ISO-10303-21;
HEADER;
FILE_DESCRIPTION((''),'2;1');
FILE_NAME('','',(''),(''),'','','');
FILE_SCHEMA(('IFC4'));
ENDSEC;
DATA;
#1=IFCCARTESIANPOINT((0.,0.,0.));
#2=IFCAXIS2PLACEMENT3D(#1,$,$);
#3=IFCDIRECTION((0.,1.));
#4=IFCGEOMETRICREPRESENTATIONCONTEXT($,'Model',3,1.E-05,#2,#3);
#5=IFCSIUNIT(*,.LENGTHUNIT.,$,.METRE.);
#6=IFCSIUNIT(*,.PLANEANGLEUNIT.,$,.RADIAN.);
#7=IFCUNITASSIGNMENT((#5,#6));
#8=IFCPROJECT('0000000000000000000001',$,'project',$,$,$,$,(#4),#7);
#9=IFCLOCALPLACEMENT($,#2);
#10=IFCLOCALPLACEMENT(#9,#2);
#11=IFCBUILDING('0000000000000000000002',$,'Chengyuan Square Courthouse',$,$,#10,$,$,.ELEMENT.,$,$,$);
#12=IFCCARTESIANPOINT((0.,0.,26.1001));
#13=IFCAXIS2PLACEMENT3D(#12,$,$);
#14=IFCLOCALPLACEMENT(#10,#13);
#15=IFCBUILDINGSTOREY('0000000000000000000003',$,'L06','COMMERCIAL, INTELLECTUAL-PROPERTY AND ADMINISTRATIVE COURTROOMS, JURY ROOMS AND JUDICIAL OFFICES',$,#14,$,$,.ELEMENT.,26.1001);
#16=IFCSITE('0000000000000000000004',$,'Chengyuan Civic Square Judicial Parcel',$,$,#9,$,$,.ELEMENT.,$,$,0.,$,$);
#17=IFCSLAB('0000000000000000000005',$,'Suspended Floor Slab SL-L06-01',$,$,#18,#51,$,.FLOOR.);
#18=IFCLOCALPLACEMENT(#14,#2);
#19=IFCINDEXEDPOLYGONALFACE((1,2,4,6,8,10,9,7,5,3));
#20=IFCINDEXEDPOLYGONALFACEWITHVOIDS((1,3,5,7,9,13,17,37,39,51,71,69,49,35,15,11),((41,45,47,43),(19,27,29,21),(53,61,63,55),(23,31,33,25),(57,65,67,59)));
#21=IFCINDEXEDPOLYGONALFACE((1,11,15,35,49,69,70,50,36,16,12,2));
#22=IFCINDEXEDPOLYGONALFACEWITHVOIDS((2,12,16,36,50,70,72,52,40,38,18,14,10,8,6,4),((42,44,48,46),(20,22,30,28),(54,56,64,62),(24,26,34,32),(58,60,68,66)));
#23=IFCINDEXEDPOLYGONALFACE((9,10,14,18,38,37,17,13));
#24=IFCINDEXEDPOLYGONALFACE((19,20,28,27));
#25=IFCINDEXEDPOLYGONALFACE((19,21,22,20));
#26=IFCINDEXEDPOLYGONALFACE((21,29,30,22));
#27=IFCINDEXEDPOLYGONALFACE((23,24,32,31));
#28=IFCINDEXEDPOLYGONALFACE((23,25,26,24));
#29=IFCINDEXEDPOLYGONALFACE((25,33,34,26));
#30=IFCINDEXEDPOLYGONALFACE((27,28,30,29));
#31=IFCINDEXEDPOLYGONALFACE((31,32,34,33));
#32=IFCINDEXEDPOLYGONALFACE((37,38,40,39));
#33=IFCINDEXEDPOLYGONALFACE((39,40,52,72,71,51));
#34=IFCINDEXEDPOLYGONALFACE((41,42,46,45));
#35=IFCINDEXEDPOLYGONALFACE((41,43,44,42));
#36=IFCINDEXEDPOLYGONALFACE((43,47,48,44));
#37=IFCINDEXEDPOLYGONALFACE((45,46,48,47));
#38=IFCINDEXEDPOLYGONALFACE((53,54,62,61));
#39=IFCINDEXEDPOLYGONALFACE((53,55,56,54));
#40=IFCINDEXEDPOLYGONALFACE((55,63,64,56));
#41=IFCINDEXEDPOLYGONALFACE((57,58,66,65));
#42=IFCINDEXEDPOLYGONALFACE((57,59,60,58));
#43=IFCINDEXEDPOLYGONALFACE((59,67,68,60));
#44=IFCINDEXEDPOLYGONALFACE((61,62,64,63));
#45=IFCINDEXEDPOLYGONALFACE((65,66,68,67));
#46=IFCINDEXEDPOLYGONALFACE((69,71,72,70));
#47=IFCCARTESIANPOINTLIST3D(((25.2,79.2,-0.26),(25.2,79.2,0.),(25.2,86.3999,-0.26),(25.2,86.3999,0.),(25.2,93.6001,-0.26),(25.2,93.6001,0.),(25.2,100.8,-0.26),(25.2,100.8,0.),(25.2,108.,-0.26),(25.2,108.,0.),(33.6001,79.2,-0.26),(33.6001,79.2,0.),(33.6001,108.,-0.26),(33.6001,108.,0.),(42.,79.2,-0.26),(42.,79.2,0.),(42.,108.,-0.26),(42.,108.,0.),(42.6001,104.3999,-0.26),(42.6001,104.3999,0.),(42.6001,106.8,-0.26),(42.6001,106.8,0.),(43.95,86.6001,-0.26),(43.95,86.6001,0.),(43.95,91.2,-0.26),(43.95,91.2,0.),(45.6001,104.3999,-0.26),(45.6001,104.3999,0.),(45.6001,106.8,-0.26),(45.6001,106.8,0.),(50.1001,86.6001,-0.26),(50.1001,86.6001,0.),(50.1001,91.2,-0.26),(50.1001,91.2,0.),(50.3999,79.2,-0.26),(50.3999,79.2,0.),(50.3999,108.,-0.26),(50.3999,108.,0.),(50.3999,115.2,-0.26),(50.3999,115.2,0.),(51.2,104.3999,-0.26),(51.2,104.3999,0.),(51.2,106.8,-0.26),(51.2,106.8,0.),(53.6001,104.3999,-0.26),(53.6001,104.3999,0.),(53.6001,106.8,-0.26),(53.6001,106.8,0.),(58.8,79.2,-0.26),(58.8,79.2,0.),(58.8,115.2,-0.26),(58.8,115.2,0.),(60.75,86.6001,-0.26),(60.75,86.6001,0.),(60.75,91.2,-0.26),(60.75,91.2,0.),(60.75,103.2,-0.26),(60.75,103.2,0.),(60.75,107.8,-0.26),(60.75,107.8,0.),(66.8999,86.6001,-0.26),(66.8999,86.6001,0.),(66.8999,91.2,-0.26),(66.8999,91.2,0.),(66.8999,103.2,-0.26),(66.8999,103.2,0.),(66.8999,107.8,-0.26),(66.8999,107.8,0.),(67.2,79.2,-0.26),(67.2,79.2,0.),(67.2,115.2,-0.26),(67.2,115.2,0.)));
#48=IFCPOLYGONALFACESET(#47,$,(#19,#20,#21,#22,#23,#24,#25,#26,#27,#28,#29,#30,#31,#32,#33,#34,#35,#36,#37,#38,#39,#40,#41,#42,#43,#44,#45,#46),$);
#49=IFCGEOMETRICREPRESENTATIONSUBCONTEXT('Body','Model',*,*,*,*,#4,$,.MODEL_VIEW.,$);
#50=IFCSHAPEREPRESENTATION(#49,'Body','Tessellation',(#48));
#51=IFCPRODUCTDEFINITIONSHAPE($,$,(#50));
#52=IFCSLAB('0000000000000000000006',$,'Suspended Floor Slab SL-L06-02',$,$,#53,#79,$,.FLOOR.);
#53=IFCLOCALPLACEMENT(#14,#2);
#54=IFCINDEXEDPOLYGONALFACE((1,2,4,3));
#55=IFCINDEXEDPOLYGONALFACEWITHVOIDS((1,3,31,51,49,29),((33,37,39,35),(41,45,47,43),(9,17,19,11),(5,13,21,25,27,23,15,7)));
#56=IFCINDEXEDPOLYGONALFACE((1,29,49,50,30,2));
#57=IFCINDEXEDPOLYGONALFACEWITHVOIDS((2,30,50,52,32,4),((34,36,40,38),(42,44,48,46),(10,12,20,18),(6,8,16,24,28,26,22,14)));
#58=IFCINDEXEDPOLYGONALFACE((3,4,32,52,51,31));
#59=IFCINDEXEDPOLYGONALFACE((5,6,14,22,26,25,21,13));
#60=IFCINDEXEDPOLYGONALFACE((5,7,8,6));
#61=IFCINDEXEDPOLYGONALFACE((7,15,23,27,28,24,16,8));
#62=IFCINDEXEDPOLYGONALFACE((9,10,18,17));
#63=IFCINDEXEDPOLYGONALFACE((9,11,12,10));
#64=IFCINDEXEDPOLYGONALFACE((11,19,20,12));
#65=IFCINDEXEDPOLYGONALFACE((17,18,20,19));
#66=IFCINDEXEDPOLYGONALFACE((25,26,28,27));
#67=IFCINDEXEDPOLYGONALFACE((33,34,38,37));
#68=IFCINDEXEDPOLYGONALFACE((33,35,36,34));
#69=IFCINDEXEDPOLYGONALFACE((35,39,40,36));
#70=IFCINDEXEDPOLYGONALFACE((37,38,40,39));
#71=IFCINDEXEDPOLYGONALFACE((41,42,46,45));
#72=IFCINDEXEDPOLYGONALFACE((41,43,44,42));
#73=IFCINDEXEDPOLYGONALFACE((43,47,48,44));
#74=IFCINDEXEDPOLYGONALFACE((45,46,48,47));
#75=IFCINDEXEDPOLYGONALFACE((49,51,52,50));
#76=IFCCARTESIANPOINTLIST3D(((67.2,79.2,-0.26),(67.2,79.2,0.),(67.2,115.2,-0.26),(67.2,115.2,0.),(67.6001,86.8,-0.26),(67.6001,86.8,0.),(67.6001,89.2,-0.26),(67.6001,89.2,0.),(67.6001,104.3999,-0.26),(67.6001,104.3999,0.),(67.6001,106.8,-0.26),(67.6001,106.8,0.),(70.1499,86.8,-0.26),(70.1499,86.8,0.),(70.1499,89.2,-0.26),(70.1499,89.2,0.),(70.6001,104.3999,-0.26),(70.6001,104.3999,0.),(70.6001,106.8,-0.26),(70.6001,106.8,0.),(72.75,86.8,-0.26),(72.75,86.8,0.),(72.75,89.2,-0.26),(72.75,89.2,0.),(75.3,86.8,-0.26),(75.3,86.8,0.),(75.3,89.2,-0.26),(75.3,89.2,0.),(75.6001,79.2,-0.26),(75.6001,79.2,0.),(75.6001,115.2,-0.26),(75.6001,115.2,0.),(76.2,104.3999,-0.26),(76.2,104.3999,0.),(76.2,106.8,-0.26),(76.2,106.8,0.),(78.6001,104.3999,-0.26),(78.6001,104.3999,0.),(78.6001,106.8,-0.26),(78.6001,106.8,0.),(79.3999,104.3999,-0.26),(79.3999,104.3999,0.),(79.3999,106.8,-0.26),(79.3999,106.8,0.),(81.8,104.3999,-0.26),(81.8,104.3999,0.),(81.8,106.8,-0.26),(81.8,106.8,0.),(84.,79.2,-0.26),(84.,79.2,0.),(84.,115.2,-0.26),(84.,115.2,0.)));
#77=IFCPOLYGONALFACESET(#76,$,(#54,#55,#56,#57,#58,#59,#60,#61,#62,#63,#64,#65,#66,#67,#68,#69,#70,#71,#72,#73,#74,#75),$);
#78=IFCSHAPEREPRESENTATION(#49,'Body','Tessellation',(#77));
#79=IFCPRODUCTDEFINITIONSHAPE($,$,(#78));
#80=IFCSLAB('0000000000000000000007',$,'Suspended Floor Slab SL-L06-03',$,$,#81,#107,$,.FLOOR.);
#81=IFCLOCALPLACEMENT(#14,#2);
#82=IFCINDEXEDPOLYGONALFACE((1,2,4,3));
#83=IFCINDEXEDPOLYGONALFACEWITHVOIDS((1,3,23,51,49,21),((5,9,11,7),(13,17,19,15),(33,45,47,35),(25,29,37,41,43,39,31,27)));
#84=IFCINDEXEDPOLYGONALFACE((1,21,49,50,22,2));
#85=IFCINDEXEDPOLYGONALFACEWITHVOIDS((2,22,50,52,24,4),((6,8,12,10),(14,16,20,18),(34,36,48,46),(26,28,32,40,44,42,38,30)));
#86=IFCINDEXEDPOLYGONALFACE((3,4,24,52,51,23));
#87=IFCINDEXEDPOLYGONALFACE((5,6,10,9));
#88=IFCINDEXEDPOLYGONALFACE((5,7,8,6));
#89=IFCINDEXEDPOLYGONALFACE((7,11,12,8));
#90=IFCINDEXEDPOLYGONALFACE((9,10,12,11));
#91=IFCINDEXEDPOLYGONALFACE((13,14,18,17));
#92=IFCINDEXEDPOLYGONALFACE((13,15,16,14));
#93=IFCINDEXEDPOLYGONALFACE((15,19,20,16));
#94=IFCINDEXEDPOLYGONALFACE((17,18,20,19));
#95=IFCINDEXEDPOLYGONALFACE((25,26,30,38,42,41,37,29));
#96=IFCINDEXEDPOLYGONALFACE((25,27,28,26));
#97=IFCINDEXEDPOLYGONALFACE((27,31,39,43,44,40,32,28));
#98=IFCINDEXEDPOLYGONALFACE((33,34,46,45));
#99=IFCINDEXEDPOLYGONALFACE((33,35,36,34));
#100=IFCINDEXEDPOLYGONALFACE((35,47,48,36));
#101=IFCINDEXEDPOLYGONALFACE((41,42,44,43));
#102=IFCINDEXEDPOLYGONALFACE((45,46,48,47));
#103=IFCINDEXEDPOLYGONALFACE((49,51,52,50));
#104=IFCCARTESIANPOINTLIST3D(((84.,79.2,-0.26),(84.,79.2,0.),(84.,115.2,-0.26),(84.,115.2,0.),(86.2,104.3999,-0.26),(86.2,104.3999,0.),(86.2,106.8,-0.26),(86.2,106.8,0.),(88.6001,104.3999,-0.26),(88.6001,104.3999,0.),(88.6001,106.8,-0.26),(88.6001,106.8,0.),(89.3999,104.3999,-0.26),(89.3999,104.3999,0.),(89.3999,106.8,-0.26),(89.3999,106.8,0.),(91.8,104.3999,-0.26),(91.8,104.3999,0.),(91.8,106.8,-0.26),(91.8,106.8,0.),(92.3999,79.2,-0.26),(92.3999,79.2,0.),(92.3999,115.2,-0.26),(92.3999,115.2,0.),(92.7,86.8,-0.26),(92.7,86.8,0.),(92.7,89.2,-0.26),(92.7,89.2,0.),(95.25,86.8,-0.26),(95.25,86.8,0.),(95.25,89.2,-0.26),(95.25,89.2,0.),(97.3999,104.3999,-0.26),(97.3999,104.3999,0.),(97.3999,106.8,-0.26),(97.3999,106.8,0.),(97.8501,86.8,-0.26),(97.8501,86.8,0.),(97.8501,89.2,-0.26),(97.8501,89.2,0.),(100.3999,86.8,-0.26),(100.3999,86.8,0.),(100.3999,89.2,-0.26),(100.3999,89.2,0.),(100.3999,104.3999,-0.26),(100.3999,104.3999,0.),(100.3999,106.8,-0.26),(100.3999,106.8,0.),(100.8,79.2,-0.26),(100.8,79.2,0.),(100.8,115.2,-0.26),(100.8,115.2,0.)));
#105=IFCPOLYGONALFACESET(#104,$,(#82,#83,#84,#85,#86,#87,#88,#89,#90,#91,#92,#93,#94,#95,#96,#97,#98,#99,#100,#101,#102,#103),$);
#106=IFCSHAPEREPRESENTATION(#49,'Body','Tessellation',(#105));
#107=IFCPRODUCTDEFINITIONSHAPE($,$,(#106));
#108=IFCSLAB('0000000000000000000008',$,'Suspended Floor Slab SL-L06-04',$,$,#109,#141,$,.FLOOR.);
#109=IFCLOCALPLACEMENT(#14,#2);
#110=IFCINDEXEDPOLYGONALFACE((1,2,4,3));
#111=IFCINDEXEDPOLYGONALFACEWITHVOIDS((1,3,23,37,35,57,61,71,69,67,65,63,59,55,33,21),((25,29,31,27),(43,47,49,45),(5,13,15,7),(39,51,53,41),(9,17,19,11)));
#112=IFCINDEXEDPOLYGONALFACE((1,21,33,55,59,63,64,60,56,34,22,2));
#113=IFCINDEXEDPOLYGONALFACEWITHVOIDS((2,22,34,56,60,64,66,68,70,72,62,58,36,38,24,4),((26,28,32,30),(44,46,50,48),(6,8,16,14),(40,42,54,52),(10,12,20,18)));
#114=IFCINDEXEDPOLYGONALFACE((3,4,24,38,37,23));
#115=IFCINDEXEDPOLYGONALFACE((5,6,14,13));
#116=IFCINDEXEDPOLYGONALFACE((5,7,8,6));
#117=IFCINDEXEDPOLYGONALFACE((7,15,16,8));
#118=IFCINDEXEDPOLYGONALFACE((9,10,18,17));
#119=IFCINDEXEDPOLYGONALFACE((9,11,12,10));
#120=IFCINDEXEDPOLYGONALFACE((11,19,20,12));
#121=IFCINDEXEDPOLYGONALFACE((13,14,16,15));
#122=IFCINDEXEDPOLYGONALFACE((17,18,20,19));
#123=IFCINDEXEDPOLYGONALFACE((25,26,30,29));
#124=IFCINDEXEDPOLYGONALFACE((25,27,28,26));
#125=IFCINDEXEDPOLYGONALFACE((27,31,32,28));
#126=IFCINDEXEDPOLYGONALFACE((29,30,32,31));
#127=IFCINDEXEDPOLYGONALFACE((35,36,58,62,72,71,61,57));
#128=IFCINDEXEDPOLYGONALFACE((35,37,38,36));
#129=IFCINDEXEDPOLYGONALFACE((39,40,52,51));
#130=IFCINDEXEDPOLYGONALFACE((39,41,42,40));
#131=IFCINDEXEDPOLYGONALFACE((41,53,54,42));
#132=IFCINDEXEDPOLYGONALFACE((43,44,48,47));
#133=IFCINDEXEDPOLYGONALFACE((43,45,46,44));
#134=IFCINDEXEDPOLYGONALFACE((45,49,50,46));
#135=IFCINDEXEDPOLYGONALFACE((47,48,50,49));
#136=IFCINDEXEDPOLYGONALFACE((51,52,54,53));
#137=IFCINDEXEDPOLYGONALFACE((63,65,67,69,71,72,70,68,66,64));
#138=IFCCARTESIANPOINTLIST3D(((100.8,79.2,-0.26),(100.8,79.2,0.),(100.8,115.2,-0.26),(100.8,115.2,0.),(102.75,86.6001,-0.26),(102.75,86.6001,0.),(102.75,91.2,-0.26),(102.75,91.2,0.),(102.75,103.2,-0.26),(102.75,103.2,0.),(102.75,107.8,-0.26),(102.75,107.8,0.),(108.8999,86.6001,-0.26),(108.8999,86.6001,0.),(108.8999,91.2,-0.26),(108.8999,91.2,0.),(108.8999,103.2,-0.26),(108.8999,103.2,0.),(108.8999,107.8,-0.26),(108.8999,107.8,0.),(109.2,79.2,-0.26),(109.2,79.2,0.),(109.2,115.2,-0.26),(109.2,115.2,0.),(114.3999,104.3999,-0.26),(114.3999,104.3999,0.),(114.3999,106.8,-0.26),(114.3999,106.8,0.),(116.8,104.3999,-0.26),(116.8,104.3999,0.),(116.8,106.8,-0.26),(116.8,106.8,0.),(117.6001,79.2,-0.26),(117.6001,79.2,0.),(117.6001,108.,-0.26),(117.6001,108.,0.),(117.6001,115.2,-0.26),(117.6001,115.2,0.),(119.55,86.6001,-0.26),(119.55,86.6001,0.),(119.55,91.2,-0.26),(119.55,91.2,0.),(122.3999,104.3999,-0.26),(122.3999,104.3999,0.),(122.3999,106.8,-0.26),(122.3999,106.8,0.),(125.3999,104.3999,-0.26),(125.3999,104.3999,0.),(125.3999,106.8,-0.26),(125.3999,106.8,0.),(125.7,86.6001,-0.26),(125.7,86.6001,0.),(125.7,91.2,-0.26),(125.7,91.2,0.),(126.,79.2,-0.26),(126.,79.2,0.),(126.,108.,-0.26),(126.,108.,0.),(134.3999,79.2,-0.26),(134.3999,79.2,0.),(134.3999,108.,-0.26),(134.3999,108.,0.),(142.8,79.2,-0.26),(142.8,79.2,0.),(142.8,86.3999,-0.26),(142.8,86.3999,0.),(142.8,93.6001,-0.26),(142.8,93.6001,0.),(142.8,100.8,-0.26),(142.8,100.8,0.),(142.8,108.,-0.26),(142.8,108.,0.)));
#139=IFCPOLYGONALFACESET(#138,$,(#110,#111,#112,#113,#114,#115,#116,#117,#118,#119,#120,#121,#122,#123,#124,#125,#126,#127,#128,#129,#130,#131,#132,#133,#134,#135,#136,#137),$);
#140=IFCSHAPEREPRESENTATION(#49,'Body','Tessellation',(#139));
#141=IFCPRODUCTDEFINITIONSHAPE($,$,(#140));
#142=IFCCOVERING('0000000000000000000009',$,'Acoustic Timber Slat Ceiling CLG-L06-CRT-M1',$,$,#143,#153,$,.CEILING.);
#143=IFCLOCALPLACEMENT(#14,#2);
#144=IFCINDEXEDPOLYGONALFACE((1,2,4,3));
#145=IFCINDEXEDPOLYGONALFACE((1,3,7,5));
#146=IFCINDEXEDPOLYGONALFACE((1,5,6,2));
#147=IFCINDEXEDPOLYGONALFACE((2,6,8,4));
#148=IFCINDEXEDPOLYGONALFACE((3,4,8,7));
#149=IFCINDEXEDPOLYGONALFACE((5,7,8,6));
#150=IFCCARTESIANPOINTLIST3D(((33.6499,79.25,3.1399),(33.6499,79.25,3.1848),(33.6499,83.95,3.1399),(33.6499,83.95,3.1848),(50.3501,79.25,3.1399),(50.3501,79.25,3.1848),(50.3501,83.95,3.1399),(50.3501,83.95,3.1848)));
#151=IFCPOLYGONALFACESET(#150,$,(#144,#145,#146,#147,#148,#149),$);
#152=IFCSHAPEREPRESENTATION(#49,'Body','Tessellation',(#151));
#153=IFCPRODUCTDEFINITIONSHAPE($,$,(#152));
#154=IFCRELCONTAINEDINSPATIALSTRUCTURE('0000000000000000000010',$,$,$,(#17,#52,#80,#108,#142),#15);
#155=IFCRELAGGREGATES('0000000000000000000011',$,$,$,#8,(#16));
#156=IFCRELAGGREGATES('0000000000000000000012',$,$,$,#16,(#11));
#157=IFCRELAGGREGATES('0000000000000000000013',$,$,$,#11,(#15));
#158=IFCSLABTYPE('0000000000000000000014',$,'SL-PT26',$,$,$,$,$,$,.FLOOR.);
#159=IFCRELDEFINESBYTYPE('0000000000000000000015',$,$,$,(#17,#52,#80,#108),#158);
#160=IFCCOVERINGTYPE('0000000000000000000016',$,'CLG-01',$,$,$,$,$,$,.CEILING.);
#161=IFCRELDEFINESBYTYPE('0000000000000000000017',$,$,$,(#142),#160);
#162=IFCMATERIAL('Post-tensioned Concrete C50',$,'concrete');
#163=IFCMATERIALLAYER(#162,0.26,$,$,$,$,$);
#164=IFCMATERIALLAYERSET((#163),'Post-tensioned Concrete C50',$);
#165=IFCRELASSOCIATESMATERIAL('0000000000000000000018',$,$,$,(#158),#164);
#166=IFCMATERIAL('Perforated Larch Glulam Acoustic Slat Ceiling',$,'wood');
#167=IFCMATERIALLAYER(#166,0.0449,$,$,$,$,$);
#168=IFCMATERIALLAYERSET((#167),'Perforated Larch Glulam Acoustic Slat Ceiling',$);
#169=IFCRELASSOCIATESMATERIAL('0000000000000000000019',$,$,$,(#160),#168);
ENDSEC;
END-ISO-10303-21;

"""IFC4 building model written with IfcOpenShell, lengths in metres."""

from ifc_helpers import new_model, si_unit, direction, frame, origin, place, context, subcontext, project, spatial, polyline, outline, extrude, material, layer, layer_set, type_object, element, save


model = new_model("IFC4")

# Units and contexts
model_context = context("Model", 3, precision=1e-05, world=origin(), true_north=direction((0.0, 1.0)))
body_context = subcontext(model_context, "Body", "Model", "MODEL_VIEW")
ifc_project = project(units=[si_unit("LENGTHUNIT", "METRE"), si_unit("PLANEANGLEUNIT", "RADIAN")], contexts=[model_context])

# Site, building, storey
site_placement = place(None, origin())
site = spatial("IfcSite", under=ifc_project, at=site_placement, Name="Chengyuan Civic Square Judicial Parcel", CompositionType="ELEMENT", RefElevation=0.0)
building_placement = place(site_placement, origin())
building = spatial("IfcBuilding", under=site, at=building_placement, Name="Chengyuan Square Courthouse", CompositionType="ELEMENT")
storey_placement = place(building_placement, frame((0.0, 0.0, 26.1001)))
storey = spatial("IfcBuildingStorey", under=building, at=storey_placement, Name="L06", Description="COMMERCIAL, INTELLECTUAL-PROPERTY AND ADMINISTRATIVE COURTROOMS, JURY ROOMS AND JUDICIAL OFFICES", CompositionType="ELEMENT", Elevation=26.1001)

# Slabs
ifc_material_1 = material(Name="Post-tensioned Concrete C50", Category="concrete")
ifc_layer_1 = layer(ifc_material_1, 0.26)
ifc_layer_set_1 = layer_set([ifc_layer_1], Name="Post-tensioned Concrete C50")
slab_type_1 = type_object("IfcSlabType", Name="SL-PT26", PredefinedType="FLOOR", material=ifc_layer_set_1)
slab_1_placement = place(storey_placement, frame((0.0, 0.0, -0.26)))
element("IfcSlab", 1, at=slab_1_placement, inside=storey, type_object=slab_type_1, Name="Suspended Floor Slab SL-L06-01", PredefinedType="FLOOR", context=body_context, shape_type="SweptSolid", body=[
    extrude(outline(polyline([(25.2, 79.2), (25.2, 86.3999), (25.2, 93.6001), (25.2, 100.8), (25.2, 108.0), (33.6001, 108.0), (42.0, 108.0), (50.3999, 108.0), (50.3999, 115.2), (58.8, 115.2), (67.2, 115.2), (67.2, 79.2), (58.8, 79.2), (50.3999, 79.2), (42.0, 79.2), (33.6001, 79.2), (25.2, 79.2)]), holes=[polyline([(50.1001, 91.2), (43.95, 91.2), (43.95, 86.6001), (50.1001, 86.6001), (50.1001, 91.2)]), polyline([(66.8999, 91.2), (60.75, 91.2), (60.75, 86.6001), (66.8999, 86.6001), (66.8999, 91.2)]), polyline([(60.75, 107.8), (60.75, 103.2), (66.8999, 103.2), (66.8999, 107.8), (60.75, 107.8)]), polyline([(45.6001, 106.8), (42.6001, 106.8), (42.6001, 104.3999), (45.6001, 104.3999), (45.6001, 106.8)]), polyline([(53.6001, 106.8), (51.2, 106.8), (51.2, 104.3999), (53.6001, 104.3999), (53.6001, 106.8)])]), origin(), (0.0, 0.0, 1.0), 0.26),
])
slab_2_placement = place(storey_placement, frame((0.0, 0.0, -0.26)))
element("IfcSlab", 2, at=slab_2_placement, inside=storey, type_object=slab_type_1, Name="Suspended Floor Slab SL-L06-02", PredefinedType="FLOOR", context=body_context, shape_type="SweptSolid", body=[
    extrude(outline(polyline([(75.6001, 115.2), (84.0, 115.2), (84.0, 79.2), (75.6001, 79.2), (67.2, 79.2), (67.2, 115.2), (75.6001, 115.2)]), holes=[polyline([(67.6001, 89.2), (67.6001, 86.8), (70.1499, 86.8), (72.75, 86.8), (75.3, 86.8), (75.3, 89.2), (72.75, 89.2), (70.1499, 89.2), (67.6001, 89.2)]), polyline([(67.6001, 106.8), (67.6001, 104.3999), (70.6001, 104.3999), (70.6001, 106.8), (67.6001, 106.8)]), polyline([(78.6001, 106.8), (76.2, 106.8), (76.2, 104.3999), (78.6001, 104.3999), (78.6001, 106.8)]), polyline([(81.8, 106.8), (79.3999, 106.8), (79.3999, 104.3999), (81.8, 104.3999), (81.8, 106.8)])]), origin(), (0.0, 0.0, 1.0), 0.26),
])
slab_3_placement = place(storey_placement, frame((0.0, 0.0, -0.26)))
element("IfcSlab", 3, at=slab_3_placement, inside=storey, type_object=slab_type_1, Name="Suspended Floor Slab SL-L06-03", PredefinedType="FLOOR", context=body_context, shape_type="SweptSolid", body=[
    extrude(outline(polyline([(92.3999, 115.2), (100.8, 115.2), (100.8, 79.2), (92.3999, 79.2), (84.0, 79.2), (84.0, 115.2), (92.3999, 115.2)]), holes=[polyline([(92.7, 89.2), (92.7, 86.8), (95.25, 86.8), (97.8501, 86.8), (100.3999, 86.8), (100.3999, 89.2), (97.8501, 89.2), (95.25, 89.2), (92.7, 89.2)]), polyline([(88.6001, 106.8), (86.2, 106.8), (86.2, 104.3999), (88.6001, 104.3999), (88.6001, 106.8)]), polyline([(91.8, 106.8), (89.3999, 106.8), (89.3999, 104.3999), (91.8, 104.3999), (91.8, 106.8)]), polyline([(97.3999, 106.8), (97.3999, 104.3999), (100.3999, 104.3999), (100.3999, 106.8), (97.3999, 106.8)])]), origin(), (0.0, 0.0, 1.0), 0.26),
])
slab_4_placement = place(storey_placement, frame((0.0, 0.0, -0.26)))
element("IfcSlab", 4, at=slab_4_placement, inside=storey, type_object=slab_type_1, Name="Suspended Floor Slab SL-L06-04", PredefinedType="FLOOR", context=body_context, shape_type="SweptSolid", body=[
    extrude(outline(polyline([(109.2, 115.2), (117.6001, 115.2), (117.6001, 108.0), (126.0, 108.0), (134.3999, 108.0), (142.8, 108.0), (142.8, 100.8), (142.8, 93.6001), (142.8, 86.3999), (142.8, 79.2), (134.3999, 79.2), (126.0, 79.2), (117.6001, 79.2), (109.2, 79.2), (100.8, 79.2), (100.8, 115.2), (109.2, 115.2)]), holes=[polyline([(108.8999, 91.2), (102.75, 91.2), (102.75, 86.6001), (108.8999, 86.6001), (108.8999, 91.2)]), polyline([(125.7, 91.2), (119.55, 91.2), (119.55, 86.6001), (125.7, 86.6001), (125.7, 91.2)]), polyline([(102.75, 107.8), (102.75, 103.2), (108.8999, 103.2), (108.8999, 107.8), (102.75, 107.8)]), polyline([(116.8, 106.8), (114.3999, 106.8), (114.3999, 104.3999), (116.8, 104.3999), (116.8, 106.8)]), polyline([(125.3999, 106.8), (122.3999, 106.8), (122.3999, 104.3999), (125.3999, 104.3999), (125.3999, 106.8)])]), origin(), (0.0, 0.0, 1.0), 0.26),
])

# Covering
ifc_material_2 = material(Name="Perforated Larch Glulam Acoustic Slat Ceiling", Category="wood")
ifc_layer_2 = layer(ifc_material_2, 0.0449)
ifc_layer_set_2 = layer_set([ifc_layer_2], Name="Perforated Larch Glulam Acoustic Slat Ceiling")
covering_type = type_object("IfcCoveringType", Name="CLG-01", PredefinedType="CEILING", material=ifc_layer_set_2)
covering_1_placement = place(storey_placement, frame((0.0, 0.0, 3.1399)))
element("IfcCovering", 5, at=covering_1_placement, inside=storey, type_object=covering_type, Name="Acoustic Timber Slat Ceiling CLG-L06-CRT-M1", PredefinedType="CEILING", context=body_context, shape_type="SweptSolid", body=[
    extrude(outline(polyline([(33.6499, 79.25), (50.3501, 79.25), (50.3501, 83.95), (33.6499, 83.95), (33.6499, 79.25)])), origin(), (0.0, 0.0, 1.0), 0.0449),
])

save(model, "model.ifc")
